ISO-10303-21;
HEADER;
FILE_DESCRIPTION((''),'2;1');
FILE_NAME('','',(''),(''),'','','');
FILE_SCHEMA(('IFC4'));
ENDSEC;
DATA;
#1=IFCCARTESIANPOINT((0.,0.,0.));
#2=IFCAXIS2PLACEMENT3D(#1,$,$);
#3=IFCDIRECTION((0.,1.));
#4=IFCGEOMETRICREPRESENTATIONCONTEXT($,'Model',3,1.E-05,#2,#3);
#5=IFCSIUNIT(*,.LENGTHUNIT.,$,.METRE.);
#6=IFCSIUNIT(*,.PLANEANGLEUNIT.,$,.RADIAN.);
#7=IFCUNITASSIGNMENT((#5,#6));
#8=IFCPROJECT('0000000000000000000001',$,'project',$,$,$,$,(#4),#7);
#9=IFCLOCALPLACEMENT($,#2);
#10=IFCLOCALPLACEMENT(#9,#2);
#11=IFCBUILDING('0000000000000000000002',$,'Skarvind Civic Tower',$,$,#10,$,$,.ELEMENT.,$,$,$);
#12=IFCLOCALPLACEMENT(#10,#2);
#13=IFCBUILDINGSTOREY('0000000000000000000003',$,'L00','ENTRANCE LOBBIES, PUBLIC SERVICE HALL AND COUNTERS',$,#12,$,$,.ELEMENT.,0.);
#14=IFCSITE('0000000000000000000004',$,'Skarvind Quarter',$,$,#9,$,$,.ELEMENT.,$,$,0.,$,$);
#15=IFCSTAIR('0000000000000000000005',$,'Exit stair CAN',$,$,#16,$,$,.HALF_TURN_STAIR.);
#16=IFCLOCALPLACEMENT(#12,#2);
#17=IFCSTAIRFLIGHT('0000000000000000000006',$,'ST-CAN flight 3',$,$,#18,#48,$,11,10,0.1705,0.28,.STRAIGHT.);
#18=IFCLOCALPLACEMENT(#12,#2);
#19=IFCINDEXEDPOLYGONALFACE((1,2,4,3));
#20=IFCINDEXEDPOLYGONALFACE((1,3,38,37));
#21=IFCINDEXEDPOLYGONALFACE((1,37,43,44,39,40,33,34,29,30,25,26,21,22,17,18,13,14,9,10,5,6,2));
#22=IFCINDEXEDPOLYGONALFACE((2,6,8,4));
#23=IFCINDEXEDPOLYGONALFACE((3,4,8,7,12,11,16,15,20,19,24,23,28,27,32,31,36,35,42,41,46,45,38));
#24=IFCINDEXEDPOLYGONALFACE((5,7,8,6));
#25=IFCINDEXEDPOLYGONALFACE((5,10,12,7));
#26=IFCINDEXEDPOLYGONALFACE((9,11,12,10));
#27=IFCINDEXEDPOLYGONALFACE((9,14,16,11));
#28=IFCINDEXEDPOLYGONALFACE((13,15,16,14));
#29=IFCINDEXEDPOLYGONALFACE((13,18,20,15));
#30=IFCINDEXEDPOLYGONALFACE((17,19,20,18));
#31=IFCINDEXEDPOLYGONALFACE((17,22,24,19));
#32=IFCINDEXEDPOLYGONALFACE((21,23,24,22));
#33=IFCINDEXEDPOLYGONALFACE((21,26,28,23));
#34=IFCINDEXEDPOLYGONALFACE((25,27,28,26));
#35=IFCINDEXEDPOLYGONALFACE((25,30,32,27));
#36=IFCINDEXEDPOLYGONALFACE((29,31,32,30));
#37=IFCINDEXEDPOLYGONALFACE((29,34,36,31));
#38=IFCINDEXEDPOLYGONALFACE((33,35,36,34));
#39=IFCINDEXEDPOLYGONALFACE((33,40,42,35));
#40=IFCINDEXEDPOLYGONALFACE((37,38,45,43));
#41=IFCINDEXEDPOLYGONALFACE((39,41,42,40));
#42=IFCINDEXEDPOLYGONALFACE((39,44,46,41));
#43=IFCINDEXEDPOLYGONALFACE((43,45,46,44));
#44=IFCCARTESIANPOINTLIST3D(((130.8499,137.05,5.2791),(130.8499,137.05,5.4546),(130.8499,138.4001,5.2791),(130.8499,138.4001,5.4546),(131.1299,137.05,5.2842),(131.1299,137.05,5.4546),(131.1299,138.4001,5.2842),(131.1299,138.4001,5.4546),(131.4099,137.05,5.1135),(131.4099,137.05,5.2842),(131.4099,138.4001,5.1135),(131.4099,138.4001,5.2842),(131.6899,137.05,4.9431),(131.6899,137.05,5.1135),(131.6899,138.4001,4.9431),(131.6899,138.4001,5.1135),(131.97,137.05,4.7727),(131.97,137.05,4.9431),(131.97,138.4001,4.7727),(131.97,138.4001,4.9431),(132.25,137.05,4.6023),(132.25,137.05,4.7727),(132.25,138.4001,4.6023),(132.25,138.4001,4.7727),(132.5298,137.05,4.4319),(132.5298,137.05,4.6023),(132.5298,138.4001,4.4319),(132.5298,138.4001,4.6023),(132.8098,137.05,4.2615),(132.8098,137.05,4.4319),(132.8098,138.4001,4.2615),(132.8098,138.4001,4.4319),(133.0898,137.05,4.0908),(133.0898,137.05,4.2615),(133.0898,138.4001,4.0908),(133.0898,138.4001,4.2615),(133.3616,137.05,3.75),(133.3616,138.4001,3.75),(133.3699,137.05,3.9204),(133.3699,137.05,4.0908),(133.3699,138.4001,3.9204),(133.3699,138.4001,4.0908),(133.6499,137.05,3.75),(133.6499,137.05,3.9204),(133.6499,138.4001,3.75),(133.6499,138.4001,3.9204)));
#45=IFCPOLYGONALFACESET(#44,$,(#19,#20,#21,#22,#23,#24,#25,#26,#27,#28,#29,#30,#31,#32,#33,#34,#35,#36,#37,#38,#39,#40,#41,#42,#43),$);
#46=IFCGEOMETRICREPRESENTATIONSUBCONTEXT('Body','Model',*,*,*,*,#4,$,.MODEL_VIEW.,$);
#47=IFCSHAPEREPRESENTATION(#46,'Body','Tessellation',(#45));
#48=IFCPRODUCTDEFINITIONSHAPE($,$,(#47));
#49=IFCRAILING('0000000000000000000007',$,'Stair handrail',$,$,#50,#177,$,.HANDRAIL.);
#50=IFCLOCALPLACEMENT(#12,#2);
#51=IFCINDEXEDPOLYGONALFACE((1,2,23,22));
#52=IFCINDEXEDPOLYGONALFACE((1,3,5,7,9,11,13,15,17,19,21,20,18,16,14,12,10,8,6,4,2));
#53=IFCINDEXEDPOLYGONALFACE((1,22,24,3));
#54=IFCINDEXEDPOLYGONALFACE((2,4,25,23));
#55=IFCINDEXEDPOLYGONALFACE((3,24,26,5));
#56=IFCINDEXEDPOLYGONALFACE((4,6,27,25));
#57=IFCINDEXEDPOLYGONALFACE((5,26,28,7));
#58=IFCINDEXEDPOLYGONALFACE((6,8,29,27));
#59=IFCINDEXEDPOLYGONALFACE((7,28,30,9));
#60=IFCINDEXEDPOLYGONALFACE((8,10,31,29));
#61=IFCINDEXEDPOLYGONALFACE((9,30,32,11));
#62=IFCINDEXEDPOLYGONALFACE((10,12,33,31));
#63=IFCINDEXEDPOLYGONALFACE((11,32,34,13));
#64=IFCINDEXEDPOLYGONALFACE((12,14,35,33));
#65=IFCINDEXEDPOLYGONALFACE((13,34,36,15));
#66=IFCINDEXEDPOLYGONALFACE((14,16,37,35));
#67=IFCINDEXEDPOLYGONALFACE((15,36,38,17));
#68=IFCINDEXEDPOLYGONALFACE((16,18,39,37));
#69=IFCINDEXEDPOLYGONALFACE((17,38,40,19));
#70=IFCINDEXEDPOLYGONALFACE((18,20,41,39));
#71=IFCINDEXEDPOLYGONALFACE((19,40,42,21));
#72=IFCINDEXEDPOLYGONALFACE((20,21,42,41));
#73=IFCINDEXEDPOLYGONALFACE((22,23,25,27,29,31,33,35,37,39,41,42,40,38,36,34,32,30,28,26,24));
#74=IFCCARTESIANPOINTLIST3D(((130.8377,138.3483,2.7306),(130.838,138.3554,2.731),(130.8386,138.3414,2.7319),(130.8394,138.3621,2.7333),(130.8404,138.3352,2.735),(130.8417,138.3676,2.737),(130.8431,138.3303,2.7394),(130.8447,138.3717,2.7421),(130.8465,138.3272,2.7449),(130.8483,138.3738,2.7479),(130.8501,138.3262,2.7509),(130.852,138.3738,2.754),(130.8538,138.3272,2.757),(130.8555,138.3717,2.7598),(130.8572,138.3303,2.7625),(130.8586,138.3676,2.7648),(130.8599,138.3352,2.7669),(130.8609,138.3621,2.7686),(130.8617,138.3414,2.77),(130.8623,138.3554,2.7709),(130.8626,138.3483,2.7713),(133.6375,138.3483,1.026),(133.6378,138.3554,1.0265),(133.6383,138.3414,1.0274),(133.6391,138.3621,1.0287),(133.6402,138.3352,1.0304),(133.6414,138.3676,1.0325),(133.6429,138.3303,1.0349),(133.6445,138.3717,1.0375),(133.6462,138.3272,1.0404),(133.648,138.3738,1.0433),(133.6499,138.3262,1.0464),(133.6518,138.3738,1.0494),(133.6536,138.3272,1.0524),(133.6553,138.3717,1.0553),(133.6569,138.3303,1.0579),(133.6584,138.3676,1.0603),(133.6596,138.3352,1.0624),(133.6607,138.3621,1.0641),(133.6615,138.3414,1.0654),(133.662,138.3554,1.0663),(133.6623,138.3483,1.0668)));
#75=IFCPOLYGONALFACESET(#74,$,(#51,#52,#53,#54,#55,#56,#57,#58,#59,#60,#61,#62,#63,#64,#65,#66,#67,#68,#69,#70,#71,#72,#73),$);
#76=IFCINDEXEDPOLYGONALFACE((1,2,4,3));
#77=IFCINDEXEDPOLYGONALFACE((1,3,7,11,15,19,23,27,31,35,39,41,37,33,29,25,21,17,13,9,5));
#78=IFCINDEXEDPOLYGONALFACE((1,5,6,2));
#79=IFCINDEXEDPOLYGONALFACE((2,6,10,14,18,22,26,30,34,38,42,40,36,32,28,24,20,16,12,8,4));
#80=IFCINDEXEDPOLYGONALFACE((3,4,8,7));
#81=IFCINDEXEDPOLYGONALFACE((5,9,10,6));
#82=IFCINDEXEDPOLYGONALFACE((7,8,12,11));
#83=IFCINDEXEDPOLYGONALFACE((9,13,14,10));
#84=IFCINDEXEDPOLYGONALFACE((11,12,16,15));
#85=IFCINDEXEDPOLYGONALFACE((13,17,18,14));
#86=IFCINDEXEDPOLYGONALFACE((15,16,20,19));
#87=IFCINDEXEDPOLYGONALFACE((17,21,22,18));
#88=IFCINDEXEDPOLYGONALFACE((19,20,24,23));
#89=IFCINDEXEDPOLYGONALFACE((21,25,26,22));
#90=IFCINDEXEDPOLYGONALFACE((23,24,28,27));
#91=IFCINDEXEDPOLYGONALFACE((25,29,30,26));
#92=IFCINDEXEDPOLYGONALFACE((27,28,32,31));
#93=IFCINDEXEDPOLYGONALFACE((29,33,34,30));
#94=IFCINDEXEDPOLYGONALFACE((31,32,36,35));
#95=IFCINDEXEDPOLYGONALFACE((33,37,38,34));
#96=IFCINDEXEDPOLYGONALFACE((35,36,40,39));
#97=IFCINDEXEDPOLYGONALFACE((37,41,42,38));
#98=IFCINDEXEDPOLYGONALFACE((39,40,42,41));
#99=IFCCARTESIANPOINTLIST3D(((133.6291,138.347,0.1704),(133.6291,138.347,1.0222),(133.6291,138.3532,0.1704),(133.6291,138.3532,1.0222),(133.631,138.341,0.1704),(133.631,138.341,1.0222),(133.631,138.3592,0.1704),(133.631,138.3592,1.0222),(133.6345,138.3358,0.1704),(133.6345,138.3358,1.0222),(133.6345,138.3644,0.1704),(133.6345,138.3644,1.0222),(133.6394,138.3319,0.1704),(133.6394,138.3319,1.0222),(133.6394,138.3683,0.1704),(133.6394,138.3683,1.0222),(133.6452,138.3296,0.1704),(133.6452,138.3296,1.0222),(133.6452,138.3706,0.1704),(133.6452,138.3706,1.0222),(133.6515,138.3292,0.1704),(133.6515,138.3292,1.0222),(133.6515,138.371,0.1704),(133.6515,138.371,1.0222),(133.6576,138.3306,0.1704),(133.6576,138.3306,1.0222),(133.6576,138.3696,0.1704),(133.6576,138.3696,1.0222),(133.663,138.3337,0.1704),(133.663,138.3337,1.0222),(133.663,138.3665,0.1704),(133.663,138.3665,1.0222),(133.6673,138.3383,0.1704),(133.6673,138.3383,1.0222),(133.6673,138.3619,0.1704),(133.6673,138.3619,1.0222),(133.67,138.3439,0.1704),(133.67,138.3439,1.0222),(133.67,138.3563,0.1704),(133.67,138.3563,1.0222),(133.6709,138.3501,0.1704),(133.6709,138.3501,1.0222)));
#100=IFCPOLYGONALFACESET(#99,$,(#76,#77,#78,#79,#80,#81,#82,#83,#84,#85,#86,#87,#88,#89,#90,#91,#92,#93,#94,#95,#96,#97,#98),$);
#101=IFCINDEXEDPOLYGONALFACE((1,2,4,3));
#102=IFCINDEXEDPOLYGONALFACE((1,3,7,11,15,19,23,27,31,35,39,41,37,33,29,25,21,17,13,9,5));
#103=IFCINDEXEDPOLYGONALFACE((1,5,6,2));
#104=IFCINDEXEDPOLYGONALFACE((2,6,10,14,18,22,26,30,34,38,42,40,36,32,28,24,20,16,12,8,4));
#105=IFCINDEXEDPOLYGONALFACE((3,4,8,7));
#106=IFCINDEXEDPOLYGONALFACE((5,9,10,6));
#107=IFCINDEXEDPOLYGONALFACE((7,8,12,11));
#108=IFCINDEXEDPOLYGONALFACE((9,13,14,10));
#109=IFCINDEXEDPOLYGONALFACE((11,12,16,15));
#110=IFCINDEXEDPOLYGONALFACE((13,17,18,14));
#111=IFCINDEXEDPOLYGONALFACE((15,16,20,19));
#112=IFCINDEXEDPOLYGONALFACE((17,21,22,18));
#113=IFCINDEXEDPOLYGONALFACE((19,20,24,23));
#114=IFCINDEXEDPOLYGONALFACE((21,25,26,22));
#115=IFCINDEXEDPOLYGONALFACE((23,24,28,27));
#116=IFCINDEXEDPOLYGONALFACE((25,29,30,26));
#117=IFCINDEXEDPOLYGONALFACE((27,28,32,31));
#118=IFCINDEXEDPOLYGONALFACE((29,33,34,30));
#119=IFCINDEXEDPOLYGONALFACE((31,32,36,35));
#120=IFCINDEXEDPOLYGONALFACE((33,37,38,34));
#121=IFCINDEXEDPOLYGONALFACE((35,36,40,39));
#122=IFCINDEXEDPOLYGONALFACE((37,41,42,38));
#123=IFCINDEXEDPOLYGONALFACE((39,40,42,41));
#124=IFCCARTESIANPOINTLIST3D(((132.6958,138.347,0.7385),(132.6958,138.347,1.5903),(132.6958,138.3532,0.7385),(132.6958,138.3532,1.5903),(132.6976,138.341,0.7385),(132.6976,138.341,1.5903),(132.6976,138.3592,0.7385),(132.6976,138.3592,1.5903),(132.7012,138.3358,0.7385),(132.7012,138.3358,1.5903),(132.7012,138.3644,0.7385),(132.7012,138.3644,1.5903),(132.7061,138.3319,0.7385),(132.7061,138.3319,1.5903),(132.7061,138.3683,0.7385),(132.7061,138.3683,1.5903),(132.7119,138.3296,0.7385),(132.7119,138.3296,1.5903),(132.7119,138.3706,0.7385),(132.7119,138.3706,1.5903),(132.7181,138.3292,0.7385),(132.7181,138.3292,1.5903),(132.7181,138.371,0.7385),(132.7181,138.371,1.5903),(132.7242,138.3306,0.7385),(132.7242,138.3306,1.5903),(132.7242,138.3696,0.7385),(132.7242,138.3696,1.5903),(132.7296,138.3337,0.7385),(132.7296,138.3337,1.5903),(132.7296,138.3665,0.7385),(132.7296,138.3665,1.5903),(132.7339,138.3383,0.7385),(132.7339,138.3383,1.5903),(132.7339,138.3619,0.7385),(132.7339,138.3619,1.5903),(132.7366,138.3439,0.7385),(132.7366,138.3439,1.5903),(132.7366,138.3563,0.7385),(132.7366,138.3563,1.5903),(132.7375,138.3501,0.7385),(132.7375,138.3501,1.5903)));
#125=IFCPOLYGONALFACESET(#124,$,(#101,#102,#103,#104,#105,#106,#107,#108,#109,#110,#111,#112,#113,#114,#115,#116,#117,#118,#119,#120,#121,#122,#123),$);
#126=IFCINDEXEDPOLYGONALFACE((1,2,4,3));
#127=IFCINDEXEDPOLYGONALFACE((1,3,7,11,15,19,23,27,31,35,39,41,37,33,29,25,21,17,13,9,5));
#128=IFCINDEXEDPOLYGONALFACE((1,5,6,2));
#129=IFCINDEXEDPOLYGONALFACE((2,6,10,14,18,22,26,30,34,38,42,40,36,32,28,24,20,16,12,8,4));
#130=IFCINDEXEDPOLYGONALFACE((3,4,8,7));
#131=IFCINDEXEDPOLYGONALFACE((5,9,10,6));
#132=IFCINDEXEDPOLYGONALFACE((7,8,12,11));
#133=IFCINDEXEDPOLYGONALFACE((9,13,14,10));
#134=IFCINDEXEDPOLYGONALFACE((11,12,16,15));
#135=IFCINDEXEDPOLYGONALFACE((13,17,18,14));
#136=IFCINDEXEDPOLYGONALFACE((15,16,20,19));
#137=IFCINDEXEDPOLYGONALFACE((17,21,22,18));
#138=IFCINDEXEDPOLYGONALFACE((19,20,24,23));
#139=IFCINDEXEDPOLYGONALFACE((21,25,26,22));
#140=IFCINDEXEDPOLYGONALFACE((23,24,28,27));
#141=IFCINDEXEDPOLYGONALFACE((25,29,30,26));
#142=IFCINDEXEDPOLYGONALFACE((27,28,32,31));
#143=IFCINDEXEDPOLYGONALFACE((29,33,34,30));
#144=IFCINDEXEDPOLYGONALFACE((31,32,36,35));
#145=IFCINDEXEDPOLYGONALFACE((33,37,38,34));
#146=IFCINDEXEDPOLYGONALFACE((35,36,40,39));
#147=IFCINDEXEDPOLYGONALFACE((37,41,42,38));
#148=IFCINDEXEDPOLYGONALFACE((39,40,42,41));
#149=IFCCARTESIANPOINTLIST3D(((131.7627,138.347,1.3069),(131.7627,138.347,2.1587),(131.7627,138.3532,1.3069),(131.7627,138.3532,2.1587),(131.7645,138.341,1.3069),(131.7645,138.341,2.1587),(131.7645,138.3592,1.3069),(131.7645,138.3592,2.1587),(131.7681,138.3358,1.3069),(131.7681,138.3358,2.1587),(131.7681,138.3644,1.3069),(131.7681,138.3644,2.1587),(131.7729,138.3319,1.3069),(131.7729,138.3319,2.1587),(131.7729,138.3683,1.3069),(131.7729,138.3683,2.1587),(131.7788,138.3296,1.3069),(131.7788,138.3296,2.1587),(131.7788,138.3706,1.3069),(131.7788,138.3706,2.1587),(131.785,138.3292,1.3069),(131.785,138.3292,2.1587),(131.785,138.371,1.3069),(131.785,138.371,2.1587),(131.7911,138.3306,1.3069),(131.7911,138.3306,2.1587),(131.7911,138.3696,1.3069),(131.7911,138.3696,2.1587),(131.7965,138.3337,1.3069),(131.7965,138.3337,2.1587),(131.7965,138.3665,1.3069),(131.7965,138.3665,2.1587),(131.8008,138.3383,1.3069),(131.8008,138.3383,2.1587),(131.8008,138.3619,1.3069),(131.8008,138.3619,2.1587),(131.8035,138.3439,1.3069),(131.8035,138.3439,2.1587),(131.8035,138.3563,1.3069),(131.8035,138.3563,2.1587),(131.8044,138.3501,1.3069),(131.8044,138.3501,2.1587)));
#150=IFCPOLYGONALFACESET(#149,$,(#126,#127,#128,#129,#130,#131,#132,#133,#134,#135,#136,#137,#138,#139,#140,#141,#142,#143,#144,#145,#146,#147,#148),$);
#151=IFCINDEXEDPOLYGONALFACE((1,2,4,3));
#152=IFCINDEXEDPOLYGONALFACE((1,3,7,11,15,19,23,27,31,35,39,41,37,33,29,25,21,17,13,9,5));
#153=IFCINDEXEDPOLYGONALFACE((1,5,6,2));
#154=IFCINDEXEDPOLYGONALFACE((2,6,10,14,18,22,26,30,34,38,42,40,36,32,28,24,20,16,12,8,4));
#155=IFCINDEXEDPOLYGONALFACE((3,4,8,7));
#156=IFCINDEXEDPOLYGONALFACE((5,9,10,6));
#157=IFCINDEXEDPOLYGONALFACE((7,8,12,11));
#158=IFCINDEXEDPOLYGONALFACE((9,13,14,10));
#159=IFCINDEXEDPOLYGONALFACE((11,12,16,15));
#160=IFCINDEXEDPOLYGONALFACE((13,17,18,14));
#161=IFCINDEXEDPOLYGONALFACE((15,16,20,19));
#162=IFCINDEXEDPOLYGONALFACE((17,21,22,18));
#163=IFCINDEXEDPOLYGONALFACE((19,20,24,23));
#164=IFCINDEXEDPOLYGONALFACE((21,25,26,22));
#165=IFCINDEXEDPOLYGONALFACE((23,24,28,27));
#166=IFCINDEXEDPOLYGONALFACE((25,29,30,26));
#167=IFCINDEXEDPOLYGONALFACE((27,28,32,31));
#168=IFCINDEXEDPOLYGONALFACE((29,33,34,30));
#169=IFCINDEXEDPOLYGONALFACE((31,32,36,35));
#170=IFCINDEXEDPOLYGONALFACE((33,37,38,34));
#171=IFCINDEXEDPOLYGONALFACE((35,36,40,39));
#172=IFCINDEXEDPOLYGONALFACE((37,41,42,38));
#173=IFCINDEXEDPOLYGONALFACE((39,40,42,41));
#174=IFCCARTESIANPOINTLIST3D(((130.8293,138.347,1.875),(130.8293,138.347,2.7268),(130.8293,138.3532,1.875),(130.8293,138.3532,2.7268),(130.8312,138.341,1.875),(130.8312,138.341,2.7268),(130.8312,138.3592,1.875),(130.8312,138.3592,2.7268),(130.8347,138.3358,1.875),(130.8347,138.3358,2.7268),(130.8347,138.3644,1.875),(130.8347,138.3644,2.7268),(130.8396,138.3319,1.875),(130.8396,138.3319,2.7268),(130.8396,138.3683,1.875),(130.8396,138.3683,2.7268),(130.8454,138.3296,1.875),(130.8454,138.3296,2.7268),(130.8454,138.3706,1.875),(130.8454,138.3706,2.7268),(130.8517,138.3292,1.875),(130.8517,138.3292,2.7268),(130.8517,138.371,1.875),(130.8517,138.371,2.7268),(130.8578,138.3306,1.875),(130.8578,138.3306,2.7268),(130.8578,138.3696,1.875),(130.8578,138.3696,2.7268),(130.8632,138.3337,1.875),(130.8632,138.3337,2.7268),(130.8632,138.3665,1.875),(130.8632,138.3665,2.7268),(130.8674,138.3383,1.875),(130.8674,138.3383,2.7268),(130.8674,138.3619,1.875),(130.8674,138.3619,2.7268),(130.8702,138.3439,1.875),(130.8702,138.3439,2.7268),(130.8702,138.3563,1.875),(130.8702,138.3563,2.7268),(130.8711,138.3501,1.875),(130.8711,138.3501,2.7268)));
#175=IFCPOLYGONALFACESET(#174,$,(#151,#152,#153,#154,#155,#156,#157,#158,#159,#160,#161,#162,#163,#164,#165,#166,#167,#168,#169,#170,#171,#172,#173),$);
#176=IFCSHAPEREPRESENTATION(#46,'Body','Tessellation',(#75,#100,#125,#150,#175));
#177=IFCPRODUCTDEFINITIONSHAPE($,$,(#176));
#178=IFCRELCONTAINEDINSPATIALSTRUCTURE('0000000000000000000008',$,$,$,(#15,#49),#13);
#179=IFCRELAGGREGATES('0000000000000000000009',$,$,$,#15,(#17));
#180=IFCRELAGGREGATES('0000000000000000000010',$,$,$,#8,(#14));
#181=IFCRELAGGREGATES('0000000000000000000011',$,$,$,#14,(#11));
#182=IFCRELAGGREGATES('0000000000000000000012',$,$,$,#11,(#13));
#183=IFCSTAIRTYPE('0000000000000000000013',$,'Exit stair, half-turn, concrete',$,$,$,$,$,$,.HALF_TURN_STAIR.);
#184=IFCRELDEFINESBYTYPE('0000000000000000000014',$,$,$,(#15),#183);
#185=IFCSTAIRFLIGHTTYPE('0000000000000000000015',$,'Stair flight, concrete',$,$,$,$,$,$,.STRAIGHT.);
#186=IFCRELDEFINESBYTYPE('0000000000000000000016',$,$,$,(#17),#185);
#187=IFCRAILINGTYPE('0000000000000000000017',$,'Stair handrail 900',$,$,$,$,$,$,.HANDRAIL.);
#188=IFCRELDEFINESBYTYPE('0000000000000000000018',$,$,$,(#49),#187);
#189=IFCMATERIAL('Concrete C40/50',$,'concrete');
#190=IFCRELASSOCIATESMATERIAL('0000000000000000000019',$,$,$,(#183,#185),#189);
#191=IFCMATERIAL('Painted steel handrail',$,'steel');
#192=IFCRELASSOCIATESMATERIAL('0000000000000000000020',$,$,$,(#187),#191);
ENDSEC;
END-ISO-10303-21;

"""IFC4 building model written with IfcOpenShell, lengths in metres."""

from ifc_helpers import new_model, si_unit, direction, frame, origin, origin_2d, place, context, subcontext, project, spatial, polyline, circle, outline, extrude, material, type_object, element, aggregate, save


model = new_model("IFC4")

# Units and contexts
model_context = context("Model", 3, precision=1e-05, world=origin(), true_north=direction((0.0, 1.0)))
body_context = subcontext(model_context, "Body", "Model", "MODEL_VIEW")
ifc_project = project(units=[si_unit("LENGTHUNIT", "METRE"), si_unit("PLANEANGLEUNIT", "RADIAN")], contexts=[model_context])

# Site, building, storey
site_placement = place(None, origin())
site = spatial("IfcSite", under=ifc_project, at=site_placement, Name="Skarvind Quarter", CompositionType="ELEMENT", RefElevation=0.0)
building_placement = place(site_placement, origin())
building = spatial("IfcBuilding", under=site, at=building_placement, Name="Skarvind Civic Tower", CompositionType="ELEMENT")
storey_placement = place(building_placement, origin())
storey = spatial("IfcBuildingStorey", under=building, at=storey_placement, Name="L00", Description="ENTRANCE LOBBIES, PUBLIC SERVICE HALL AND COUNTERS", CompositionType="ELEMENT", Elevation=0.0)

# Stair, stair flight
ifc_material_1 = material(Name="Concrete C40/50", Category="concrete")
stair_type = type_object("IfcStairType", Name="Exit stair, half-turn, concrete", PredefinedType="HALF_TURN_STAIR", material=ifc_material_1)
stair_placement = place(storey_placement, origin())
stair = element("IfcStair", 1, at=stair_placement, inside=storey, type_object=stair_type, Name="Exit stair CAN", PredefinedType="HALF_TURN_STAIR")
stair_flight_type = type_object("IfcStairFlightType", Name="Stair flight, concrete", PredefinedType="STRAIGHT", material=ifc_material_1)
stair_flight_1_placement = place(storey_placement, frame((133.6499, 137.7251, 3.75), z_axis=(0.0, 0.0, 1.0), x_axis=(-1.0, 0.0, 0.0)))
stair_flight_1 = element("IfcStairFlight", 2, at=stair_flight_1_placement, type_object=stair_flight_type, Name="ST-CAN flight 3", NumberOfRisers=11, NumberOfTreads=10, PredefinedType="STRAIGHT", RiserHeight=0.1705, TreadLength=0.28, context=body_context, shape_type="SweptSolid", body=[
    extrude(outline(polyline([(0.0, 0.0), (0.0, 0.1704), (0.28, 0.1704), (0.28, 0.3408), (0.5601, 0.3408), (0.5601, 0.5115), (0.8401, 0.5115), (0.8401, 0.6819), (1.1201, 0.6819), (1.1201, 0.8523), (1.3999, 0.8523), (1.3999, 1.0227), (1.6799, 1.0227), (1.6799, 1.1931), (1.96, 1.1931), (1.96, 1.3635), (2.24, 1.3635), (2.24, 1.5342), (2.52, 1.5342), (2.52, 1.7046), (2.8, 1.7046), (2.8, 1.875), (2.8, 1.5291), (0.2883, 0.0), (0.0, 0.0)])), frame((0.0, 0.675, 0.0), z_axis=(0.0, -1.0, 0.0), x_axis=(1.0, 0.0, 0.0)), (0.0, 0.0, 1.0), 1.3501),
])
aggregate(stair, [stair_flight_1])

# Railing
ifc_material_2 = material(Name="Painted steel handrail", Category="steel")
railing_type = type_object("IfcRailingType", Name="Stair handrail 900", PredefinedType="HANDRAIL", material=ifc_material_2)
for number, where, name in (
    (3, (133.6499, 138.3501, 0.1704), "Stair handrail"),
):
    element("IfcRailing", number, at=place(storey_placement, frame(where)), inside=storey, type_object=railing_type, Name=name, PredefinedType="HANDRAIL", context=body_context, shape_type="SweptSolid", body=[
        extrude(circle(Radius=0.0239, at=origin_2d()), frame((0.0, 0.0, 0.876), z_axis=(-0.85415, 0.0, 0.520027), x_axis=(0.0, -1.0, 0.0)), (0.0, 0.0, 1.0), 3.2778),
        extrude(circle(Radius=0.021, at=origin_2d()), origin(), (0.0, 0.0, 1.0), 0.8518),
        extrude(circle(Radius=0.021, at=origin_2d()), frame((-0.9333, 0.0, 0.5681)), (0.0, 0.0, 1.0), 0.8518),
        extrude(circle(Radius=0.021, at=origin_2d()), frame((-1.8665, 0.0, 1.1365)), (0.0, 0.0, 1.0), 0.8518),
        extrude(circle(Radius=0.021, at=origin_2d()), frame((-2.7998, 0.0, 1.7046)), (0.0, 0.0, 1.0), 0.8518),
    ])

save(model, "model.ifc")
